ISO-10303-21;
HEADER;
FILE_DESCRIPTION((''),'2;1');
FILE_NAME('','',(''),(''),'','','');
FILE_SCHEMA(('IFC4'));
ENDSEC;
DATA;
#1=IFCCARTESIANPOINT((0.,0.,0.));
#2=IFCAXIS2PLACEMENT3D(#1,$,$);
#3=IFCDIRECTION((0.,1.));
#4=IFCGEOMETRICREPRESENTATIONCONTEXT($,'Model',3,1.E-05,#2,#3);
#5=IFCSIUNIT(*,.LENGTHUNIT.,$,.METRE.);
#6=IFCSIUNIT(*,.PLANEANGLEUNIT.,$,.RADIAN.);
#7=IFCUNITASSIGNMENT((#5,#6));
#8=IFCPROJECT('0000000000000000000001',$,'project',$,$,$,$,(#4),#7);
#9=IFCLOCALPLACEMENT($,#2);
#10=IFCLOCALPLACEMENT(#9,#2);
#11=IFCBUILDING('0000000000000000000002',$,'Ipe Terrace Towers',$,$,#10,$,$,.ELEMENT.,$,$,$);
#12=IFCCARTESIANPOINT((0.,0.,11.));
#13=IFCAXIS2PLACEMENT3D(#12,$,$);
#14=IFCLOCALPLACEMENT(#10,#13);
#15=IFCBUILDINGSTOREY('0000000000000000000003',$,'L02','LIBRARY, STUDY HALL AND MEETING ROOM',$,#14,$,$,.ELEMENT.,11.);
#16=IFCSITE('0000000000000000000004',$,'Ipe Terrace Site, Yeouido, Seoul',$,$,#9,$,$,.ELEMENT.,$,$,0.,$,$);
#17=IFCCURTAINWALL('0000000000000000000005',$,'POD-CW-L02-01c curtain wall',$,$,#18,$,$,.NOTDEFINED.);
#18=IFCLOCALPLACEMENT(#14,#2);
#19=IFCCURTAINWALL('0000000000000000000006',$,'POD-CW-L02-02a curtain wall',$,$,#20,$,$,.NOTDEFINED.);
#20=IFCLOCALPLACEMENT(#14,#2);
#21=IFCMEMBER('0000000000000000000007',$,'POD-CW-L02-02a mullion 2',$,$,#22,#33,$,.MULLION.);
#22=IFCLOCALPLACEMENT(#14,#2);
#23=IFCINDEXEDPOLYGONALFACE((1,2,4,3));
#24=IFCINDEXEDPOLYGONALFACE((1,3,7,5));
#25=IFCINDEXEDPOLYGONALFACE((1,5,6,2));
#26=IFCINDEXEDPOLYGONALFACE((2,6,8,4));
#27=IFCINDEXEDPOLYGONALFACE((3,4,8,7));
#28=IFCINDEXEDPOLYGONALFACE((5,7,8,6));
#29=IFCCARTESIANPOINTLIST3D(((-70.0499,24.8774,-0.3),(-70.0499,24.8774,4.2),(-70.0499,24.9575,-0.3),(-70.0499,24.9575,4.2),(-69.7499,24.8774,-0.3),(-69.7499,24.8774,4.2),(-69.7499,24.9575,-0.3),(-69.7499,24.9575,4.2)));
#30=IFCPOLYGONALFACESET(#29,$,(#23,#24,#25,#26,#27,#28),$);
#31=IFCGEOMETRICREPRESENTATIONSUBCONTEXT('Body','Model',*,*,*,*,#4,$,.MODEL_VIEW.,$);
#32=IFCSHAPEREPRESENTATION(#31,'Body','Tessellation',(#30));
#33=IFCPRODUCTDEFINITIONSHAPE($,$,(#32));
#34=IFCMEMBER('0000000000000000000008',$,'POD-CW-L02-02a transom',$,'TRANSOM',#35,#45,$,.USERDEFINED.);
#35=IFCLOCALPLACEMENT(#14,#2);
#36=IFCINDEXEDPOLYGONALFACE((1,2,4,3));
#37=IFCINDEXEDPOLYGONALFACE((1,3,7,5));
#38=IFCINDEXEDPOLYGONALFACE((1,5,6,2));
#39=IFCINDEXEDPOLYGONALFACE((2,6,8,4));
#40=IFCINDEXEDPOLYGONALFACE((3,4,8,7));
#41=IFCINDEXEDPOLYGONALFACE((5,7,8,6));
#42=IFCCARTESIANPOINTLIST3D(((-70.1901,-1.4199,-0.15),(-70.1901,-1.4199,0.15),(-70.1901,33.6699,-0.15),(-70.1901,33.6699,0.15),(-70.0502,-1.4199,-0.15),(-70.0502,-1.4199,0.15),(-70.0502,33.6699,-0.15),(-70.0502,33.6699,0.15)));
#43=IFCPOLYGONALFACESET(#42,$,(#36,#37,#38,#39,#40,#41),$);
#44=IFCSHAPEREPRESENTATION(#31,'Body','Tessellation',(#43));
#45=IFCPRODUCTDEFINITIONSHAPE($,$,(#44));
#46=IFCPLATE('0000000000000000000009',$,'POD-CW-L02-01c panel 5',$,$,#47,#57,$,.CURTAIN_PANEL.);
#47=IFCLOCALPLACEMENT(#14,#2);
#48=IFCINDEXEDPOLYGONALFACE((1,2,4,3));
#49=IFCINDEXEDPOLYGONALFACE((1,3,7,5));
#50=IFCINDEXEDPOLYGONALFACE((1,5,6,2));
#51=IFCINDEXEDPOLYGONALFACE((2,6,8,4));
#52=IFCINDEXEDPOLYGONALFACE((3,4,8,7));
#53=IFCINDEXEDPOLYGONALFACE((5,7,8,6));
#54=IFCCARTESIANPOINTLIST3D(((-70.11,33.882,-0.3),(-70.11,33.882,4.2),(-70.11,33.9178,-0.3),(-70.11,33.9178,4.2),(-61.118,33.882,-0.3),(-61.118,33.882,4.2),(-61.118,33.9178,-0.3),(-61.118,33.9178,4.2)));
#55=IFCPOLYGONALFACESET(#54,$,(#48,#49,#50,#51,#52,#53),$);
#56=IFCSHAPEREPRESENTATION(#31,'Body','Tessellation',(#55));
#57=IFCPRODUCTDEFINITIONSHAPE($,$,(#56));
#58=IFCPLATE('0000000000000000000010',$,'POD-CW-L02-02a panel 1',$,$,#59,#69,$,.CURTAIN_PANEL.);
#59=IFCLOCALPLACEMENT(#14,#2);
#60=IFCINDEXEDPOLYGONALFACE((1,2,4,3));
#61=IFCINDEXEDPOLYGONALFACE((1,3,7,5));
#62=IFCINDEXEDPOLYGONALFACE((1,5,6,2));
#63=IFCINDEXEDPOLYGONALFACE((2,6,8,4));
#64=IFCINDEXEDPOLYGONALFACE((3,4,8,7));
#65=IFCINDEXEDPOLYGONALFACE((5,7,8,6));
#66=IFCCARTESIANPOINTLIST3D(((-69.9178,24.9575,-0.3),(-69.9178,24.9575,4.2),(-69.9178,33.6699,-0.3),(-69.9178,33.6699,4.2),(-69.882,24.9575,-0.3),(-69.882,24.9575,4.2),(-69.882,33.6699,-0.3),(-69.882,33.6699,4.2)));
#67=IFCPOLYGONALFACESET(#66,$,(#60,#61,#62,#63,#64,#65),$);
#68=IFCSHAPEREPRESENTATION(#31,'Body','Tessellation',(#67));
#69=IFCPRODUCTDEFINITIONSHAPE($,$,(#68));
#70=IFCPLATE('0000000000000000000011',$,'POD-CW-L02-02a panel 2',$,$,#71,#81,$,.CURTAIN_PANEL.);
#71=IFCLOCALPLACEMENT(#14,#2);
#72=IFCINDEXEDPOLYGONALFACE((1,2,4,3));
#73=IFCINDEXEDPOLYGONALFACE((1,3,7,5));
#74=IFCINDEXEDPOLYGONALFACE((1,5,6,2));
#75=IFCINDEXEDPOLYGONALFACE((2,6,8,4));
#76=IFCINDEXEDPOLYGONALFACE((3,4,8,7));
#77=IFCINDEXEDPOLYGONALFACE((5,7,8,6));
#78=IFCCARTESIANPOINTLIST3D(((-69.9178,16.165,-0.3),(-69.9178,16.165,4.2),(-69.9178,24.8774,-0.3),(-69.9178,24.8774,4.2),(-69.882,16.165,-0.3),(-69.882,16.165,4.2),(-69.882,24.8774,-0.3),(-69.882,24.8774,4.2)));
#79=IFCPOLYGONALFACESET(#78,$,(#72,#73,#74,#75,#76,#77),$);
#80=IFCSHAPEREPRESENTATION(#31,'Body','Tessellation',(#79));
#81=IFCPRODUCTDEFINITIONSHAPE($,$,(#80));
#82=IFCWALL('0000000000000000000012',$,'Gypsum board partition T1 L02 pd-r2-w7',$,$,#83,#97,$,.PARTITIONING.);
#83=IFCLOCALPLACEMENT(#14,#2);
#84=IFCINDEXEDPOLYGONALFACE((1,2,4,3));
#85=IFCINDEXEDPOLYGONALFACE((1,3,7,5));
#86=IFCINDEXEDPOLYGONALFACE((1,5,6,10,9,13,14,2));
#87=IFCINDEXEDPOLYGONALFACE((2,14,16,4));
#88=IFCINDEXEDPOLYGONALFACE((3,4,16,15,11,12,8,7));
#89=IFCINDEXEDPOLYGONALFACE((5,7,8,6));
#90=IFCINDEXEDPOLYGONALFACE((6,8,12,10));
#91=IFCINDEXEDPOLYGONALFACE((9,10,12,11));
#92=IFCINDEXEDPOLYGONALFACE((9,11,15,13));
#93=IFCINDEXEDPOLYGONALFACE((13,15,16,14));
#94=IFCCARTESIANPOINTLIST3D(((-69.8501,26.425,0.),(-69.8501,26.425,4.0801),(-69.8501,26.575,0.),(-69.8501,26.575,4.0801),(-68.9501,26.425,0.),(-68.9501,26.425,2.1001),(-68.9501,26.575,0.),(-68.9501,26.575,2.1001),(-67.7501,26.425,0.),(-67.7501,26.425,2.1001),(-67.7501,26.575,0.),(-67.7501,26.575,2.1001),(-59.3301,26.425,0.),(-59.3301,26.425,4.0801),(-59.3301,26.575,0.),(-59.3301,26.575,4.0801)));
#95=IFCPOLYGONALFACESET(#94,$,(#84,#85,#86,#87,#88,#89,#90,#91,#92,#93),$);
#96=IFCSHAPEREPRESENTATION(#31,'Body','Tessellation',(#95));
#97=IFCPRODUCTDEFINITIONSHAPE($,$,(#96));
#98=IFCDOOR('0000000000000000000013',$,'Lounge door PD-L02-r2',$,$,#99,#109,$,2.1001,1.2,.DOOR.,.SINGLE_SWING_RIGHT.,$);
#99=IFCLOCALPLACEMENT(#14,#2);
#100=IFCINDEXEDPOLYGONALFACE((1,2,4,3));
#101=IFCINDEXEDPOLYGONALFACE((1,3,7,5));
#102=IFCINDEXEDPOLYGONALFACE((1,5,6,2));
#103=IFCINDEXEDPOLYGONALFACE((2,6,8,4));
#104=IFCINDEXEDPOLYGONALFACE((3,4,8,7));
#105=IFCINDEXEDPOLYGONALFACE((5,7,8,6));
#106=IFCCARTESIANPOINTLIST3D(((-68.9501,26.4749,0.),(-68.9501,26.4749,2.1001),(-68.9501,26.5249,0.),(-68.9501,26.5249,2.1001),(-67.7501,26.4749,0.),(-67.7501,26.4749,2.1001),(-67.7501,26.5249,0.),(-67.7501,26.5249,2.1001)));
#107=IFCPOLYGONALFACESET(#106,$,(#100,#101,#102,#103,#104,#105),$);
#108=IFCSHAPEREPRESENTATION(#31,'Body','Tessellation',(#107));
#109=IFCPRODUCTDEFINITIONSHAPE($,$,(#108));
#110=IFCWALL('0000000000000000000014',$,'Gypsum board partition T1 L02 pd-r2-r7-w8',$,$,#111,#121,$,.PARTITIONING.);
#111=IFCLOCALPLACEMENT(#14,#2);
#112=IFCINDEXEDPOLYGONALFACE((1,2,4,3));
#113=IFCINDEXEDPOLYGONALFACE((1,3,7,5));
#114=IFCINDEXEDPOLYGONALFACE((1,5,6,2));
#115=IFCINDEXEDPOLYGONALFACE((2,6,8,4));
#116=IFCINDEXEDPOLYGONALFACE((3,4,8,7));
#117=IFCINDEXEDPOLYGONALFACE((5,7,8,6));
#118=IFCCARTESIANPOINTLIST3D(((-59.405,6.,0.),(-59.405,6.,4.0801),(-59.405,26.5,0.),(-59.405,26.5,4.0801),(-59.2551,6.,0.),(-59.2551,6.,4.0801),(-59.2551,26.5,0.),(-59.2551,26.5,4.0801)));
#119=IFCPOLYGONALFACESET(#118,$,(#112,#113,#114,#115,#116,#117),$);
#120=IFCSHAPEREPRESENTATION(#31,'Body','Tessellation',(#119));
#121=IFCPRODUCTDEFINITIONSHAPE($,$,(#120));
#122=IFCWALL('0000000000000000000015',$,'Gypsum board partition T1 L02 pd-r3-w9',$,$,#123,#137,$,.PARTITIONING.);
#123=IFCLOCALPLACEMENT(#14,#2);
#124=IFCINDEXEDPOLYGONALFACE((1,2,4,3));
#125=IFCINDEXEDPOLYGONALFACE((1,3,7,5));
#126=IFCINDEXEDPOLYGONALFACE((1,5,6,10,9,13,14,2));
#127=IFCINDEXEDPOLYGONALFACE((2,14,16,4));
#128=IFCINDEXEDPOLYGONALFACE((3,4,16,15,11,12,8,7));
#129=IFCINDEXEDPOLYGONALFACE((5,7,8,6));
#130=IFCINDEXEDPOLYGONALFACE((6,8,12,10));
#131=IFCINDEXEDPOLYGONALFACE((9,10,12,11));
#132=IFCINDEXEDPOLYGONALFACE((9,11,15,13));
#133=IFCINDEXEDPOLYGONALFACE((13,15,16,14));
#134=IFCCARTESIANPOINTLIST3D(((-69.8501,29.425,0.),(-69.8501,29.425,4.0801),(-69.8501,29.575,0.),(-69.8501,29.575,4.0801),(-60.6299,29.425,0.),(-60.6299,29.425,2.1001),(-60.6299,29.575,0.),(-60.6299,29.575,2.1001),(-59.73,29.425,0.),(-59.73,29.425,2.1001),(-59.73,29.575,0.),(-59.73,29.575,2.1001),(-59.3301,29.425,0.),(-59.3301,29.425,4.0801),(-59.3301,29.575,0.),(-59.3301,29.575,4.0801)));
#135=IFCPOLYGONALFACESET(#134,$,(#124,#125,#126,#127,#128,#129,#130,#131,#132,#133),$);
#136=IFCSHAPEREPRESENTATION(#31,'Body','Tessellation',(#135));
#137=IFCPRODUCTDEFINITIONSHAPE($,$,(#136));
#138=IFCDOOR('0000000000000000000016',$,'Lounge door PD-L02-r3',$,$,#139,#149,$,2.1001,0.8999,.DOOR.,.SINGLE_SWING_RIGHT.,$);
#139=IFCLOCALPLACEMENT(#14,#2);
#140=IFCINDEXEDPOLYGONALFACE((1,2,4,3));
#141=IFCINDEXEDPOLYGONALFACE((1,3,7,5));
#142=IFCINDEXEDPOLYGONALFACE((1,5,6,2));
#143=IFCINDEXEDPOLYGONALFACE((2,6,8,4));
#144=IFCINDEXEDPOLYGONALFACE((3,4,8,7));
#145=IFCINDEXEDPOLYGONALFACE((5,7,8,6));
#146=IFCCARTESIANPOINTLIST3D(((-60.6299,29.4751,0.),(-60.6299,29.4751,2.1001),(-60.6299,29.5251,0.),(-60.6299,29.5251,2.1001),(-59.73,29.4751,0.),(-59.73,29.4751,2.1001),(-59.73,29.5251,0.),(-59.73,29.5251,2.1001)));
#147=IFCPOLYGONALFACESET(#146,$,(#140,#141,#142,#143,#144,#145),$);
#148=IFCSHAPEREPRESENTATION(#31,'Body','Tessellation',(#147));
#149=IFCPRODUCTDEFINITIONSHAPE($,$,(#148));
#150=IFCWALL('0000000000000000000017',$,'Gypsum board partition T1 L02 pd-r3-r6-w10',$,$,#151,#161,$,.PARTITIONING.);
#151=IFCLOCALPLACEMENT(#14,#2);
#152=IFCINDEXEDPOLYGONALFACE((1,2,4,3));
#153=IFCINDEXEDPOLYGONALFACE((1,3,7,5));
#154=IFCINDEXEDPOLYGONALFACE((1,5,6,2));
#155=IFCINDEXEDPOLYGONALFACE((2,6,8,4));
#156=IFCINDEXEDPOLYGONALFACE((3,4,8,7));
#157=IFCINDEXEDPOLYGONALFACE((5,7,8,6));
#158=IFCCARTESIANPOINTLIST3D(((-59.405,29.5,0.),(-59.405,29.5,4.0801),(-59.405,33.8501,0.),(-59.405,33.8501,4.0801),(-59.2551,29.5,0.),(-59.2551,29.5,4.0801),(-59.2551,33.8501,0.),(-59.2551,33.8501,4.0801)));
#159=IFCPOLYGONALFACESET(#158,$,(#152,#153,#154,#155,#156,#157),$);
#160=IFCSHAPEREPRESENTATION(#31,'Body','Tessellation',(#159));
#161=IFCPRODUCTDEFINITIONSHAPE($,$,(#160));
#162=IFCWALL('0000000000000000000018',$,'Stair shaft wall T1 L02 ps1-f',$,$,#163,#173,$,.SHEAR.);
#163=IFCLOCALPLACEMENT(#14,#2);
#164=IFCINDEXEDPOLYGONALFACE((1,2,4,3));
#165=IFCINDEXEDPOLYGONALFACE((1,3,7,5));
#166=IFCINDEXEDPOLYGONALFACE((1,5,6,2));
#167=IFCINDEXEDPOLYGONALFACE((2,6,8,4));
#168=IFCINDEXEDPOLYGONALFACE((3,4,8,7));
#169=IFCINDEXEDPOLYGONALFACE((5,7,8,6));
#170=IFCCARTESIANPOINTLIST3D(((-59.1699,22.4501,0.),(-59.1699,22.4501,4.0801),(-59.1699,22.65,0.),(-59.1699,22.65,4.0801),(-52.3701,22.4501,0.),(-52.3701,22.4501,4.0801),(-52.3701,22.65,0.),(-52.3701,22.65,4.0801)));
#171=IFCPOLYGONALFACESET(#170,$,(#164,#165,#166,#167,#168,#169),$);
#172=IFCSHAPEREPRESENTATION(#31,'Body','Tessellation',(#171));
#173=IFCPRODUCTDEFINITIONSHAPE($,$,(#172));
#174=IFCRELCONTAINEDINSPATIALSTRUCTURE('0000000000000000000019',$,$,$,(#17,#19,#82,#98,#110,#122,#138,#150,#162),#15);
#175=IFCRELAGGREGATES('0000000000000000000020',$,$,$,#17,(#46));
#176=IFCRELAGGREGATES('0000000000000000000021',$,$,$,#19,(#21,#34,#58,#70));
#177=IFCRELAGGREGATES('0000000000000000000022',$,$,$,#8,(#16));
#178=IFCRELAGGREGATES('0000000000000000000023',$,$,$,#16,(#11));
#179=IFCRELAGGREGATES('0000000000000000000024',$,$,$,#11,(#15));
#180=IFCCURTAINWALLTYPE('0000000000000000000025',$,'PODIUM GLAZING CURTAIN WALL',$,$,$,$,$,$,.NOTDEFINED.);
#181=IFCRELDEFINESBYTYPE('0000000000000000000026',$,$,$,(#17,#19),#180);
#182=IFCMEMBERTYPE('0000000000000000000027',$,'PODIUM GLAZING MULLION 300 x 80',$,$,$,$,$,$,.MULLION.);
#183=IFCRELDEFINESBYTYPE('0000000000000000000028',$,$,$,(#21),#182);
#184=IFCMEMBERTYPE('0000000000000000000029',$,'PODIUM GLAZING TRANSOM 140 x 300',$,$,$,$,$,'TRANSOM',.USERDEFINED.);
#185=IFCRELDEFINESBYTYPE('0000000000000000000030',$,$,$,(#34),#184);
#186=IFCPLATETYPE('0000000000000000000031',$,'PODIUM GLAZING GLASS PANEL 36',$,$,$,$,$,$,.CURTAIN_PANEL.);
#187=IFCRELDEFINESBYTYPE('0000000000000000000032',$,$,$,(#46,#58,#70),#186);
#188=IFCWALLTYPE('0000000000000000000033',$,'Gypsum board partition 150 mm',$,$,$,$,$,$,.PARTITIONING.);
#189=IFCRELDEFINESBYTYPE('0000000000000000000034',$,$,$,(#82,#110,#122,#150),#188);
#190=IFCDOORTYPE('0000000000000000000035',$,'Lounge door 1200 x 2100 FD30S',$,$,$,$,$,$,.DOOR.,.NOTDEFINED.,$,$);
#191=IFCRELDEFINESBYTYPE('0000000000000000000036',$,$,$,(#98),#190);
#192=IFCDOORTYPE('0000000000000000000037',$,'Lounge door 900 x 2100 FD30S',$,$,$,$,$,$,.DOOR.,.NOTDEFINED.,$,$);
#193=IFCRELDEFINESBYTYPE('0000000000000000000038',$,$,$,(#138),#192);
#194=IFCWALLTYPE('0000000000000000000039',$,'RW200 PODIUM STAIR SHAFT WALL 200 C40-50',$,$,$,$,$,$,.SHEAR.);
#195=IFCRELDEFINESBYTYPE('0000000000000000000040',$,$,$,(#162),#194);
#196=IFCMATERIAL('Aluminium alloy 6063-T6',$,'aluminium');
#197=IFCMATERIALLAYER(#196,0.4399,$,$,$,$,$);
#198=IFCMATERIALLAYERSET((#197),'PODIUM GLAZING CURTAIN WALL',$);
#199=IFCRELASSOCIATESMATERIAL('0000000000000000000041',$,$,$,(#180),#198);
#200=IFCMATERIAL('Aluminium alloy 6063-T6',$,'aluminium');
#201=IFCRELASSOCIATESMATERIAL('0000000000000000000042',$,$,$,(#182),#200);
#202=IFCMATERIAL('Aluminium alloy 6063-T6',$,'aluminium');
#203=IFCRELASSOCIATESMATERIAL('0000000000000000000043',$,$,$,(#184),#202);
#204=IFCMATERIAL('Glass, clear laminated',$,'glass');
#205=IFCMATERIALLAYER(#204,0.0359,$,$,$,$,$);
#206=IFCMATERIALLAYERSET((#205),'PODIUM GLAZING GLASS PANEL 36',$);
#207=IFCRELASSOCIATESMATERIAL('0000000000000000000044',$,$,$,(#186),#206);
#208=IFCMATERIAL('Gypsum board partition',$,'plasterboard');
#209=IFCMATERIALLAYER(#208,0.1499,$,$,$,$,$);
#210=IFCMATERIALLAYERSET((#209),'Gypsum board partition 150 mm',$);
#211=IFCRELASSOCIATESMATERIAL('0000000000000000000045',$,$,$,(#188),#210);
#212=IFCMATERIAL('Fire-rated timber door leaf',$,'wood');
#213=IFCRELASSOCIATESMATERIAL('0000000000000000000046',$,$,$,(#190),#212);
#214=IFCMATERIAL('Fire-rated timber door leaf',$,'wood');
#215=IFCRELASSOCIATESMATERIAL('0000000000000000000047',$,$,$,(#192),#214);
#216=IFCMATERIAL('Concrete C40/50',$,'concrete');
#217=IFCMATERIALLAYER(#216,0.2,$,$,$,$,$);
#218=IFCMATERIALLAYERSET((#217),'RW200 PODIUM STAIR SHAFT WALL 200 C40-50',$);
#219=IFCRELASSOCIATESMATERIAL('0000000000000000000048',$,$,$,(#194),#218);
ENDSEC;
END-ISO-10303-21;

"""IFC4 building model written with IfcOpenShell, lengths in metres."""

from ifc_helpers import new_model, si_unit, direction, frame, frame_2d, origin, origin_2d, place, context, subcontext, project, spatial, rectangle, extrude, material, layer, layer_set, material_profile, profile_set, type_object, element, fill, aggregate, save


model = new_model("IFC4")

# Units and contexts
model_context = context("Model", 3, precision=1e-05, world=origin(), true_north=direction((0.0, 1.0)))
body_context = subcontext(model_context, "Body", "Model", "MODEL_VIEW")
ifc_project = project(units=[si_unit("LENGTHUNIT", "METRE"), si_unit("PLANEANGLEUNIT", "RADIAN")], contexts=[model_context])

# Site, building, storey
site_placement = place(None, origin())
site = spatial("IfcSite", under=ifc_project, at=site_placement, Name="Ipe Terrace Site, Yeouido, Seoul", CompositionType="ELEMENT", RefElevation=0.0)
building_placement = place(site_placement, origin())
building = spatial("IfcBuilding", under=site, at=building_placement, Name="Ipe Terrace Towers", CompositionType="ELEMENT")
storey_placement = place(building_placement, frame((0.0, 0.0, 11.0)))
storey = spatial("IfcBuildingStorey", under=building, at=storey_placement, Name="L02", Description="LIBRARY, STUDY HALL AND MEETING ROOM", CompositionType="ELEMENT", Elevation=11.0)

# Curtain walls, members
ifc_material_1 = material(Name="Aluminium alloy 6063-T6", Category="aluminium")
ifc_layer_1 = layer(ifc_material_1, 0.4399)
ifc_layer_set_1 = layer_set([ifc_layer_1], Name="PODIUM GLAZING CURTAIN WALL")
curtain_wall_type = type_object("IfcCurtainWallType", Name="PODIUM GLAZING CURTAIN WALL", PredefinedType="NOTDEFINED", material=ifc_layer_set_1)
curtain_wall_1_placement = place(storey_placement, origin())
curtain_wall_1 = element("IfcCurtainWall", 1, at=curtain_wall_1_placement, inside=storey, type_object=curtain_wall_type, Name="POD-CW-L02-01c curtain wall", PredefinedType="NOTDEFINED")
ifc_material_2 = material(Name="Aluminium alloy 6063-T6", Category="aluminium")
ifc_material_profile_1 = material_profile(ifc_material_2, rectangle(XDim=0.3, YDim=0.0801, at=origin_2d()), Name="PODIUM GLAZING MULLION 300 x 80")
ifc_profile_set_1 = profile_set([ifc_material_profile_1], Name="Aluminium alloy 6063-T6")
member_type_1 = type_object("IfcMemberType", Name="PODIUM GLAZING MULLION 300 x 80", PredefinedType="MULLION", material=ifc_profile_set_1)
curtain_wall_2_placement = place(storey_placement, origin())
curtain_wall_2 = element("IfcCurtainWall", 2, at=curtain_wall_2_placement, inside=storey, type_object=curtain_wall_type, Name="POD-CW-L02-02a curtain wall", PredefinedType="NOTDEFINED")
member_1_placement = place(storey_placement, frame((-69.8999, 24.9175, -0.3), z_axis=(0.0, 0.0, 1.0), x_axis=(-1.0, 0.0, 0.0)))
member_1 = element("IfcMember", 3, at=member_1_placement, type_object=member_type_1, Name="POD-CW-L02-02a mullion 2", PredefinedType="MULLION", context=body_context, shape_type="SweptSolid", body=[
    extrude(rectangle(XDim=0.3, YDim=0.0801, at=origin_2d()), origin(), (0.0, 0.0, 1.0), 4.5),
])
ifc_material_3 = material(Name="Aluminium alloy 6063-T6", Category="aluminium")
ifc_material_profile_2 = material_profile(ifc_material_3, rectangle(XDim=0.1399, YDim=0.3, at=origin_2d()), Name="PODIUM GLAZING TRANSOM 140 x 300")
ifc_profile_set_2 = profile_set([ifc_material_profile_2], Name="Aluminium alloy 6063-T6")
member_type_2 = type_object("IfcMemberType", Name="PODIUM GLAZING TRANSOM 140 x 300", ElementType="TRANSOM", PredefinedType="USERDEFINED", material=ifc_profile_set_2)
member_2_placement = place(storey_placement, frame((-70.1201, 33.6699, 0.0), z_axis=(0.0, -1.0, 0.0), x_axis=(-1.0, 0.0, 0.0)))
member_2 = element("IfcMember", 4, at=member_2_placement, type_object=member_type_2, Name="POD-CW-L02-02a transom", ObjectType="TRANSOM", PredefinedType="USERDEFINED", context=body_context, shape_type="SweptSolid", body=[
    extrude(rectangle(XDim=0.1399, YDim=0.3, at=origin_2d()), origin(), (0.0, 0.0, 1.0), 35.0898),
])

# Plates
ifc_material_4 = material(Name="Glass, clear laminated", Category="glass")
ifc_layer_2 = layer(ifc_material_4, 0.0359)
ifc_layer_set_2 = layer_set([ifc_layer_2], Name="PODIUM GLAZING GLASS PANEL 36")
plate_type = type_object("IfcPlateType", Name="PODIUM GLAZING GLASS PANEL 36", PredefinedType="CURTAIN_PANEL", material=ifc_layer_set_2)
plate_1_placement = place(storey_placement, frame((-65.614, 33.8999, -0.3), z_axis=(0.0, 0.0, 1.0), x_axis=(-1.0, 0.0, 0.0)))
plate_1 = element("IfcPlate", 5, at=plate_1_placement, type_object=plate_type, Name="POD-CW-L02-01c panel 5", PredefinedType="CURTAIN_PANEL", context=body_context, shape_type="SweptSolid", body=[
    extrude(rectangle(XDim=8.9919, YDim=0.0359, at=origin_2d()), origin(), (0.0, 0.0, 1.0), 4.5),
])
aggregate(curtain_wall_1, [plate_1])
plate_2_placement = place(storey_placement, frame((-69.8999, 29.3137, -0.3), z_axis=(0.0, 0.0, 1.0), x_axis=(0.0, -1.0, 0.0)))
plate_2 = element("IfcPlate", 6, at=plate_2_placement, type_object=plate_type, Name="POD-CW-L02-02a panel 1", PredefinedType="CURTAIN_PANEL", context=body_context, shape_type="SweptSolid", body=[
    extrude(rectangle(XDim=8.7124, YDim=0.0359, at=origin_2d()), origin(), (0.0, 0.0, 1.0), 4.5),
])
plate_3_placement = place(storey_placement, frame((-69.8999, 20.5212, -0.3), z_axis=(0.0, 0.0, 1.0), x_axis=(0.0, -1.0, 0.0)))
plate_3 = element("IfcPlate", 7, at=plate_3_placement, type_object=plate_type, Name="POD-CW-L02-02a panel 2", PredefinedType="CURTAIN_PANEL", context=body_context, shape_type="SweptSolid", body=[
    extrude(rectangle(XDim=8.7124, YDim=0.0359, at=origin_2d()), origin(), (0.0, 0.0, 1.0), 4.5),
])
aggregate(curtain_wall_2, [member_1, member_2, plate_2, plate_3])

# Wall, opening, door
ifc_material_5 = material(Name="Gypsum board partition", Category="plasterboard")
ifc_layer_3 = layer(ifc_material_5, 0.1499)
ifc_layer_set_3 = layer_set([ifc_layer_3], Name="Gypsum board partition 150 mm")
wall_type_1 = type_object("IfcWallType", Name="Gypsum board partition 150 mm", PredefinedType="PARTITIONING", material=ifc_layer_set_3)
wall_1_placement = place(storey_placement, frame((-69.8501, 26.5, 0.0), z_axis=(0.0, 0.0, 1.0), x_axis=(1.0, 0.0, 0.0)))
wall_1 = element("IfcWall", 8, at=wall_1_placement, inside=storey, type_object=wall_type_1, Name="Gypsum board partition T1 L02 pd-r2-w7", PredefinedType="PARTITIONING", context=body_context, shape_type="SweptSolid", body=[
    extrude(rectangle(XDim=10.52, YDim=0.1499, at=frame_2d((5.26, 0.0))), origin(), (0.0, 0.0, 1.0), 4.0801),
])
opening_1_placement = place(wall_1_placement, frame((0.8999, 0.0, 0.0)))
opening_1 = element("IfcOpeningElement", 9, at=opening_1_placement, cuts=wall_1, PredefinedType="OPENING", context=body_context, shape_type="SweptSolid", body=[
    extrude(rectangle(XDim=1.2, YDim=2.1001, at=frame_2d((0.6001, 1.05))), frame((0.0, 0.085, 0.0), z_axis=(0.0, -1.0, 0.0), x_axis=(1.0, 0.0, 0.0)), (0.0, 0.0, 1.0), 0.1699),
])
ifc_material_6 = material(Name="Fire-rated timber door leaf", Category="wood")
door_type_1 = type_object("IfcDoorType", Name="Lounge door 1200 x 2100 FD30S", OperationType="NOTDEFINED", PredefinedType="DOOR", material=ifc_material_6)
door_1_placement = place(opening_1_placement, origin())
door_1 = element("IfcDoor", 10, at=door_1_placement, inside=storey, type_object=door_type_1, Name="Lounge door PD-L02-r2", OperationType="SINGLE_SWING_RIGHT", OverallHeight=2.1001, OverallWidth=1.2, PredefinedType="DOOR", context=body_context, shape_type="SweptSolid", body=[
    extrude(rectangle(XDim=1.2, YDim=2.1001, at=frame_2d((0.6001, 1.05))), frame((0.0, 0.0249, 0.0), z_axis=(0.0, -1.0, 0.0), x_axis=(1.0, 0.0, 0.0)), (0.0, 0.0, 1.0), 0.05),
])
fill(opening_1, door_1)

# Wall
wall_2_placement = place(storey_placement, frame((-59.3301, 26.5, 0.0), z_axis=(0.0, 0.0, 1.0), x_axis=(0.0, -1.0, 0.0)))
element("IfcWall", 11, at=wall_2_placement, inside=storey, type_object=wall_type_1, Name="Gypsum board partition T1 L02 pd-r2-r7-w8", PredefinedType="PARTITIONING", context=body_context, shape_type="SweptSolid", body=[
    extrude(rectangle(XDim=20.5, YDim=0.1499, at=frame_2d((10.25, 0.0))), origin(), (0.0, 0.0, 1.0), 4.0801),
])

# Wall, opening, door
wall_3_placement = place(storey_placement, frame((-59.3301, 29.5, 0.0), z_axis=(0.0, 0.0, 1.0), x_axis=(-1.0, 0.0, 0.0)))
wall_3 = element("IfcWall", 12, at=wall_3_placement, inside=storey, type_object=wall_type_1, Name="Gypsum board partition T1 L02 pd-r3-w9", PredefinedType="PARTITIONING", context=body_context, shape_type="SweptSolid", body=[
    extrude(rectangle(XDim=10.52, YDim=0.1499, at=frame_2d((5.26, 0.0))), origin(), (0.0, 0.0, 1.0), 4.0801),
])
opening_2_placement = place(wall_3_placement, frame((0.3999, 0.0, 0.0)))
opening_2 = element("IfcOpeningElement", 13, at=opening_2_placement, cuts=wall_3, PredefinedType="OPENING", context=body_context, shape_type="SweptSolid", body=[
    extrude(rectangle(XDim=0.8999, YDim=2.1001, at=frame_2d((0.45, 1.05))), frame((0.0, 0.085, 0.0), z_axis=(0.0, -1.0, 0.0), x_axis=(1.0, 0.0, 0.0)), (0.0, 0.0, 1.0), 0.1699),
])
ifc_material_7 = material(Name="Fire-rated timber door leaf", Category="wood")
door_type_2 = type_object("IfcDoorType", Name="Lounge door 900 x 2100 FD30S", OperationType="NOTDEFINED", PredefinedType="DOOR", material=ifc_material_7)
door_2_placement = place(opening_2_placement, origin())
door_2 = element("IfcDoor", 14, at=door_2_placement, inside=storey, type_object=door_type_2, Name="Lounge door PD-L02-r3", OperationType="SINGLE_SWING_RIGHT", OverallHeight=2.1001, OverallWidth=0.8999, PredefinedType="DOOR", context=body_context, shape_type="SweptSolid", body=[
    extrude(rectangle(XDim=0.8999, YDim=2.1001, at=frame_2d((0.45, 1.05))), frame((0.0, 0.0249, 0.0), z_axis=(0.0, -1.0, 0.0), x_axis=(1.0, 0.0, 0.0)), (0.0, 0.0, 1.0), 0.05),
])
fill(opening_2, door_2)

# Walls
wall_4_placement = place(storey_placement, frame((-59.3301, 33.8501, 0.0), z_axis=(0.0, 0.0, 1.0), x_axis=(0.0, -1.0, 0.0)))
element("IfcWall", 15, at=wall_4_placement, inside=storey, type_object=wall_type_1, Name="Gypsum board partition T1 L02 pd-r3-r6-w10", PredefinedType="PARTITIONING", context=body_context, shape_type="SweptSolid", body=[
    extrude(rectangle(XDim=4.3501, YDim=0.1499, at=frame_2d((2.175, 0.0))), origin(), (0.0, 0.0, 1.0), 4.0801),
])
ifc_material_8 = material(Name="Concrete C40/50", Category="concrete")
ifc_layer_4 = layer(ifc_material_8, 0.2)
ifc_layer_set_4 = layer_set([ifc_layer_4], Name="RW200 PODIUM STAIR SHAFT WALL 200 C40-50")
wall_type_2 = type_object("IfcWallType", Name="RW200 PODIUM STAIR SHAFT WALL 200 C40-50", PredefinedType="SHEAR", material=ifc_layer_set_4)
wall_5_placement = place(storey_placement, frame((-59.1699, 22.55, 0.0), z_axis=(0.0, 0.0, 1.0), x_axis=(1.0, 0.0, 0.0)))
element("IfcWall", 16, at=wall_5_placement, inside=storey, type_object=wall_type_2, Name="Stair shaft wall T1 L02 ps1-f", PredefinedType="SHEAR", context=body_context, shape_type="SweptSolid", body=[
    extrude(rectangle(XDim=6.7998, YDim=0.2, at=frame_2d((3.3999, 0.0))), origin(), (0.0, 0.0, 1.0), 4.0801),
])

save(model, "model.ifc")
